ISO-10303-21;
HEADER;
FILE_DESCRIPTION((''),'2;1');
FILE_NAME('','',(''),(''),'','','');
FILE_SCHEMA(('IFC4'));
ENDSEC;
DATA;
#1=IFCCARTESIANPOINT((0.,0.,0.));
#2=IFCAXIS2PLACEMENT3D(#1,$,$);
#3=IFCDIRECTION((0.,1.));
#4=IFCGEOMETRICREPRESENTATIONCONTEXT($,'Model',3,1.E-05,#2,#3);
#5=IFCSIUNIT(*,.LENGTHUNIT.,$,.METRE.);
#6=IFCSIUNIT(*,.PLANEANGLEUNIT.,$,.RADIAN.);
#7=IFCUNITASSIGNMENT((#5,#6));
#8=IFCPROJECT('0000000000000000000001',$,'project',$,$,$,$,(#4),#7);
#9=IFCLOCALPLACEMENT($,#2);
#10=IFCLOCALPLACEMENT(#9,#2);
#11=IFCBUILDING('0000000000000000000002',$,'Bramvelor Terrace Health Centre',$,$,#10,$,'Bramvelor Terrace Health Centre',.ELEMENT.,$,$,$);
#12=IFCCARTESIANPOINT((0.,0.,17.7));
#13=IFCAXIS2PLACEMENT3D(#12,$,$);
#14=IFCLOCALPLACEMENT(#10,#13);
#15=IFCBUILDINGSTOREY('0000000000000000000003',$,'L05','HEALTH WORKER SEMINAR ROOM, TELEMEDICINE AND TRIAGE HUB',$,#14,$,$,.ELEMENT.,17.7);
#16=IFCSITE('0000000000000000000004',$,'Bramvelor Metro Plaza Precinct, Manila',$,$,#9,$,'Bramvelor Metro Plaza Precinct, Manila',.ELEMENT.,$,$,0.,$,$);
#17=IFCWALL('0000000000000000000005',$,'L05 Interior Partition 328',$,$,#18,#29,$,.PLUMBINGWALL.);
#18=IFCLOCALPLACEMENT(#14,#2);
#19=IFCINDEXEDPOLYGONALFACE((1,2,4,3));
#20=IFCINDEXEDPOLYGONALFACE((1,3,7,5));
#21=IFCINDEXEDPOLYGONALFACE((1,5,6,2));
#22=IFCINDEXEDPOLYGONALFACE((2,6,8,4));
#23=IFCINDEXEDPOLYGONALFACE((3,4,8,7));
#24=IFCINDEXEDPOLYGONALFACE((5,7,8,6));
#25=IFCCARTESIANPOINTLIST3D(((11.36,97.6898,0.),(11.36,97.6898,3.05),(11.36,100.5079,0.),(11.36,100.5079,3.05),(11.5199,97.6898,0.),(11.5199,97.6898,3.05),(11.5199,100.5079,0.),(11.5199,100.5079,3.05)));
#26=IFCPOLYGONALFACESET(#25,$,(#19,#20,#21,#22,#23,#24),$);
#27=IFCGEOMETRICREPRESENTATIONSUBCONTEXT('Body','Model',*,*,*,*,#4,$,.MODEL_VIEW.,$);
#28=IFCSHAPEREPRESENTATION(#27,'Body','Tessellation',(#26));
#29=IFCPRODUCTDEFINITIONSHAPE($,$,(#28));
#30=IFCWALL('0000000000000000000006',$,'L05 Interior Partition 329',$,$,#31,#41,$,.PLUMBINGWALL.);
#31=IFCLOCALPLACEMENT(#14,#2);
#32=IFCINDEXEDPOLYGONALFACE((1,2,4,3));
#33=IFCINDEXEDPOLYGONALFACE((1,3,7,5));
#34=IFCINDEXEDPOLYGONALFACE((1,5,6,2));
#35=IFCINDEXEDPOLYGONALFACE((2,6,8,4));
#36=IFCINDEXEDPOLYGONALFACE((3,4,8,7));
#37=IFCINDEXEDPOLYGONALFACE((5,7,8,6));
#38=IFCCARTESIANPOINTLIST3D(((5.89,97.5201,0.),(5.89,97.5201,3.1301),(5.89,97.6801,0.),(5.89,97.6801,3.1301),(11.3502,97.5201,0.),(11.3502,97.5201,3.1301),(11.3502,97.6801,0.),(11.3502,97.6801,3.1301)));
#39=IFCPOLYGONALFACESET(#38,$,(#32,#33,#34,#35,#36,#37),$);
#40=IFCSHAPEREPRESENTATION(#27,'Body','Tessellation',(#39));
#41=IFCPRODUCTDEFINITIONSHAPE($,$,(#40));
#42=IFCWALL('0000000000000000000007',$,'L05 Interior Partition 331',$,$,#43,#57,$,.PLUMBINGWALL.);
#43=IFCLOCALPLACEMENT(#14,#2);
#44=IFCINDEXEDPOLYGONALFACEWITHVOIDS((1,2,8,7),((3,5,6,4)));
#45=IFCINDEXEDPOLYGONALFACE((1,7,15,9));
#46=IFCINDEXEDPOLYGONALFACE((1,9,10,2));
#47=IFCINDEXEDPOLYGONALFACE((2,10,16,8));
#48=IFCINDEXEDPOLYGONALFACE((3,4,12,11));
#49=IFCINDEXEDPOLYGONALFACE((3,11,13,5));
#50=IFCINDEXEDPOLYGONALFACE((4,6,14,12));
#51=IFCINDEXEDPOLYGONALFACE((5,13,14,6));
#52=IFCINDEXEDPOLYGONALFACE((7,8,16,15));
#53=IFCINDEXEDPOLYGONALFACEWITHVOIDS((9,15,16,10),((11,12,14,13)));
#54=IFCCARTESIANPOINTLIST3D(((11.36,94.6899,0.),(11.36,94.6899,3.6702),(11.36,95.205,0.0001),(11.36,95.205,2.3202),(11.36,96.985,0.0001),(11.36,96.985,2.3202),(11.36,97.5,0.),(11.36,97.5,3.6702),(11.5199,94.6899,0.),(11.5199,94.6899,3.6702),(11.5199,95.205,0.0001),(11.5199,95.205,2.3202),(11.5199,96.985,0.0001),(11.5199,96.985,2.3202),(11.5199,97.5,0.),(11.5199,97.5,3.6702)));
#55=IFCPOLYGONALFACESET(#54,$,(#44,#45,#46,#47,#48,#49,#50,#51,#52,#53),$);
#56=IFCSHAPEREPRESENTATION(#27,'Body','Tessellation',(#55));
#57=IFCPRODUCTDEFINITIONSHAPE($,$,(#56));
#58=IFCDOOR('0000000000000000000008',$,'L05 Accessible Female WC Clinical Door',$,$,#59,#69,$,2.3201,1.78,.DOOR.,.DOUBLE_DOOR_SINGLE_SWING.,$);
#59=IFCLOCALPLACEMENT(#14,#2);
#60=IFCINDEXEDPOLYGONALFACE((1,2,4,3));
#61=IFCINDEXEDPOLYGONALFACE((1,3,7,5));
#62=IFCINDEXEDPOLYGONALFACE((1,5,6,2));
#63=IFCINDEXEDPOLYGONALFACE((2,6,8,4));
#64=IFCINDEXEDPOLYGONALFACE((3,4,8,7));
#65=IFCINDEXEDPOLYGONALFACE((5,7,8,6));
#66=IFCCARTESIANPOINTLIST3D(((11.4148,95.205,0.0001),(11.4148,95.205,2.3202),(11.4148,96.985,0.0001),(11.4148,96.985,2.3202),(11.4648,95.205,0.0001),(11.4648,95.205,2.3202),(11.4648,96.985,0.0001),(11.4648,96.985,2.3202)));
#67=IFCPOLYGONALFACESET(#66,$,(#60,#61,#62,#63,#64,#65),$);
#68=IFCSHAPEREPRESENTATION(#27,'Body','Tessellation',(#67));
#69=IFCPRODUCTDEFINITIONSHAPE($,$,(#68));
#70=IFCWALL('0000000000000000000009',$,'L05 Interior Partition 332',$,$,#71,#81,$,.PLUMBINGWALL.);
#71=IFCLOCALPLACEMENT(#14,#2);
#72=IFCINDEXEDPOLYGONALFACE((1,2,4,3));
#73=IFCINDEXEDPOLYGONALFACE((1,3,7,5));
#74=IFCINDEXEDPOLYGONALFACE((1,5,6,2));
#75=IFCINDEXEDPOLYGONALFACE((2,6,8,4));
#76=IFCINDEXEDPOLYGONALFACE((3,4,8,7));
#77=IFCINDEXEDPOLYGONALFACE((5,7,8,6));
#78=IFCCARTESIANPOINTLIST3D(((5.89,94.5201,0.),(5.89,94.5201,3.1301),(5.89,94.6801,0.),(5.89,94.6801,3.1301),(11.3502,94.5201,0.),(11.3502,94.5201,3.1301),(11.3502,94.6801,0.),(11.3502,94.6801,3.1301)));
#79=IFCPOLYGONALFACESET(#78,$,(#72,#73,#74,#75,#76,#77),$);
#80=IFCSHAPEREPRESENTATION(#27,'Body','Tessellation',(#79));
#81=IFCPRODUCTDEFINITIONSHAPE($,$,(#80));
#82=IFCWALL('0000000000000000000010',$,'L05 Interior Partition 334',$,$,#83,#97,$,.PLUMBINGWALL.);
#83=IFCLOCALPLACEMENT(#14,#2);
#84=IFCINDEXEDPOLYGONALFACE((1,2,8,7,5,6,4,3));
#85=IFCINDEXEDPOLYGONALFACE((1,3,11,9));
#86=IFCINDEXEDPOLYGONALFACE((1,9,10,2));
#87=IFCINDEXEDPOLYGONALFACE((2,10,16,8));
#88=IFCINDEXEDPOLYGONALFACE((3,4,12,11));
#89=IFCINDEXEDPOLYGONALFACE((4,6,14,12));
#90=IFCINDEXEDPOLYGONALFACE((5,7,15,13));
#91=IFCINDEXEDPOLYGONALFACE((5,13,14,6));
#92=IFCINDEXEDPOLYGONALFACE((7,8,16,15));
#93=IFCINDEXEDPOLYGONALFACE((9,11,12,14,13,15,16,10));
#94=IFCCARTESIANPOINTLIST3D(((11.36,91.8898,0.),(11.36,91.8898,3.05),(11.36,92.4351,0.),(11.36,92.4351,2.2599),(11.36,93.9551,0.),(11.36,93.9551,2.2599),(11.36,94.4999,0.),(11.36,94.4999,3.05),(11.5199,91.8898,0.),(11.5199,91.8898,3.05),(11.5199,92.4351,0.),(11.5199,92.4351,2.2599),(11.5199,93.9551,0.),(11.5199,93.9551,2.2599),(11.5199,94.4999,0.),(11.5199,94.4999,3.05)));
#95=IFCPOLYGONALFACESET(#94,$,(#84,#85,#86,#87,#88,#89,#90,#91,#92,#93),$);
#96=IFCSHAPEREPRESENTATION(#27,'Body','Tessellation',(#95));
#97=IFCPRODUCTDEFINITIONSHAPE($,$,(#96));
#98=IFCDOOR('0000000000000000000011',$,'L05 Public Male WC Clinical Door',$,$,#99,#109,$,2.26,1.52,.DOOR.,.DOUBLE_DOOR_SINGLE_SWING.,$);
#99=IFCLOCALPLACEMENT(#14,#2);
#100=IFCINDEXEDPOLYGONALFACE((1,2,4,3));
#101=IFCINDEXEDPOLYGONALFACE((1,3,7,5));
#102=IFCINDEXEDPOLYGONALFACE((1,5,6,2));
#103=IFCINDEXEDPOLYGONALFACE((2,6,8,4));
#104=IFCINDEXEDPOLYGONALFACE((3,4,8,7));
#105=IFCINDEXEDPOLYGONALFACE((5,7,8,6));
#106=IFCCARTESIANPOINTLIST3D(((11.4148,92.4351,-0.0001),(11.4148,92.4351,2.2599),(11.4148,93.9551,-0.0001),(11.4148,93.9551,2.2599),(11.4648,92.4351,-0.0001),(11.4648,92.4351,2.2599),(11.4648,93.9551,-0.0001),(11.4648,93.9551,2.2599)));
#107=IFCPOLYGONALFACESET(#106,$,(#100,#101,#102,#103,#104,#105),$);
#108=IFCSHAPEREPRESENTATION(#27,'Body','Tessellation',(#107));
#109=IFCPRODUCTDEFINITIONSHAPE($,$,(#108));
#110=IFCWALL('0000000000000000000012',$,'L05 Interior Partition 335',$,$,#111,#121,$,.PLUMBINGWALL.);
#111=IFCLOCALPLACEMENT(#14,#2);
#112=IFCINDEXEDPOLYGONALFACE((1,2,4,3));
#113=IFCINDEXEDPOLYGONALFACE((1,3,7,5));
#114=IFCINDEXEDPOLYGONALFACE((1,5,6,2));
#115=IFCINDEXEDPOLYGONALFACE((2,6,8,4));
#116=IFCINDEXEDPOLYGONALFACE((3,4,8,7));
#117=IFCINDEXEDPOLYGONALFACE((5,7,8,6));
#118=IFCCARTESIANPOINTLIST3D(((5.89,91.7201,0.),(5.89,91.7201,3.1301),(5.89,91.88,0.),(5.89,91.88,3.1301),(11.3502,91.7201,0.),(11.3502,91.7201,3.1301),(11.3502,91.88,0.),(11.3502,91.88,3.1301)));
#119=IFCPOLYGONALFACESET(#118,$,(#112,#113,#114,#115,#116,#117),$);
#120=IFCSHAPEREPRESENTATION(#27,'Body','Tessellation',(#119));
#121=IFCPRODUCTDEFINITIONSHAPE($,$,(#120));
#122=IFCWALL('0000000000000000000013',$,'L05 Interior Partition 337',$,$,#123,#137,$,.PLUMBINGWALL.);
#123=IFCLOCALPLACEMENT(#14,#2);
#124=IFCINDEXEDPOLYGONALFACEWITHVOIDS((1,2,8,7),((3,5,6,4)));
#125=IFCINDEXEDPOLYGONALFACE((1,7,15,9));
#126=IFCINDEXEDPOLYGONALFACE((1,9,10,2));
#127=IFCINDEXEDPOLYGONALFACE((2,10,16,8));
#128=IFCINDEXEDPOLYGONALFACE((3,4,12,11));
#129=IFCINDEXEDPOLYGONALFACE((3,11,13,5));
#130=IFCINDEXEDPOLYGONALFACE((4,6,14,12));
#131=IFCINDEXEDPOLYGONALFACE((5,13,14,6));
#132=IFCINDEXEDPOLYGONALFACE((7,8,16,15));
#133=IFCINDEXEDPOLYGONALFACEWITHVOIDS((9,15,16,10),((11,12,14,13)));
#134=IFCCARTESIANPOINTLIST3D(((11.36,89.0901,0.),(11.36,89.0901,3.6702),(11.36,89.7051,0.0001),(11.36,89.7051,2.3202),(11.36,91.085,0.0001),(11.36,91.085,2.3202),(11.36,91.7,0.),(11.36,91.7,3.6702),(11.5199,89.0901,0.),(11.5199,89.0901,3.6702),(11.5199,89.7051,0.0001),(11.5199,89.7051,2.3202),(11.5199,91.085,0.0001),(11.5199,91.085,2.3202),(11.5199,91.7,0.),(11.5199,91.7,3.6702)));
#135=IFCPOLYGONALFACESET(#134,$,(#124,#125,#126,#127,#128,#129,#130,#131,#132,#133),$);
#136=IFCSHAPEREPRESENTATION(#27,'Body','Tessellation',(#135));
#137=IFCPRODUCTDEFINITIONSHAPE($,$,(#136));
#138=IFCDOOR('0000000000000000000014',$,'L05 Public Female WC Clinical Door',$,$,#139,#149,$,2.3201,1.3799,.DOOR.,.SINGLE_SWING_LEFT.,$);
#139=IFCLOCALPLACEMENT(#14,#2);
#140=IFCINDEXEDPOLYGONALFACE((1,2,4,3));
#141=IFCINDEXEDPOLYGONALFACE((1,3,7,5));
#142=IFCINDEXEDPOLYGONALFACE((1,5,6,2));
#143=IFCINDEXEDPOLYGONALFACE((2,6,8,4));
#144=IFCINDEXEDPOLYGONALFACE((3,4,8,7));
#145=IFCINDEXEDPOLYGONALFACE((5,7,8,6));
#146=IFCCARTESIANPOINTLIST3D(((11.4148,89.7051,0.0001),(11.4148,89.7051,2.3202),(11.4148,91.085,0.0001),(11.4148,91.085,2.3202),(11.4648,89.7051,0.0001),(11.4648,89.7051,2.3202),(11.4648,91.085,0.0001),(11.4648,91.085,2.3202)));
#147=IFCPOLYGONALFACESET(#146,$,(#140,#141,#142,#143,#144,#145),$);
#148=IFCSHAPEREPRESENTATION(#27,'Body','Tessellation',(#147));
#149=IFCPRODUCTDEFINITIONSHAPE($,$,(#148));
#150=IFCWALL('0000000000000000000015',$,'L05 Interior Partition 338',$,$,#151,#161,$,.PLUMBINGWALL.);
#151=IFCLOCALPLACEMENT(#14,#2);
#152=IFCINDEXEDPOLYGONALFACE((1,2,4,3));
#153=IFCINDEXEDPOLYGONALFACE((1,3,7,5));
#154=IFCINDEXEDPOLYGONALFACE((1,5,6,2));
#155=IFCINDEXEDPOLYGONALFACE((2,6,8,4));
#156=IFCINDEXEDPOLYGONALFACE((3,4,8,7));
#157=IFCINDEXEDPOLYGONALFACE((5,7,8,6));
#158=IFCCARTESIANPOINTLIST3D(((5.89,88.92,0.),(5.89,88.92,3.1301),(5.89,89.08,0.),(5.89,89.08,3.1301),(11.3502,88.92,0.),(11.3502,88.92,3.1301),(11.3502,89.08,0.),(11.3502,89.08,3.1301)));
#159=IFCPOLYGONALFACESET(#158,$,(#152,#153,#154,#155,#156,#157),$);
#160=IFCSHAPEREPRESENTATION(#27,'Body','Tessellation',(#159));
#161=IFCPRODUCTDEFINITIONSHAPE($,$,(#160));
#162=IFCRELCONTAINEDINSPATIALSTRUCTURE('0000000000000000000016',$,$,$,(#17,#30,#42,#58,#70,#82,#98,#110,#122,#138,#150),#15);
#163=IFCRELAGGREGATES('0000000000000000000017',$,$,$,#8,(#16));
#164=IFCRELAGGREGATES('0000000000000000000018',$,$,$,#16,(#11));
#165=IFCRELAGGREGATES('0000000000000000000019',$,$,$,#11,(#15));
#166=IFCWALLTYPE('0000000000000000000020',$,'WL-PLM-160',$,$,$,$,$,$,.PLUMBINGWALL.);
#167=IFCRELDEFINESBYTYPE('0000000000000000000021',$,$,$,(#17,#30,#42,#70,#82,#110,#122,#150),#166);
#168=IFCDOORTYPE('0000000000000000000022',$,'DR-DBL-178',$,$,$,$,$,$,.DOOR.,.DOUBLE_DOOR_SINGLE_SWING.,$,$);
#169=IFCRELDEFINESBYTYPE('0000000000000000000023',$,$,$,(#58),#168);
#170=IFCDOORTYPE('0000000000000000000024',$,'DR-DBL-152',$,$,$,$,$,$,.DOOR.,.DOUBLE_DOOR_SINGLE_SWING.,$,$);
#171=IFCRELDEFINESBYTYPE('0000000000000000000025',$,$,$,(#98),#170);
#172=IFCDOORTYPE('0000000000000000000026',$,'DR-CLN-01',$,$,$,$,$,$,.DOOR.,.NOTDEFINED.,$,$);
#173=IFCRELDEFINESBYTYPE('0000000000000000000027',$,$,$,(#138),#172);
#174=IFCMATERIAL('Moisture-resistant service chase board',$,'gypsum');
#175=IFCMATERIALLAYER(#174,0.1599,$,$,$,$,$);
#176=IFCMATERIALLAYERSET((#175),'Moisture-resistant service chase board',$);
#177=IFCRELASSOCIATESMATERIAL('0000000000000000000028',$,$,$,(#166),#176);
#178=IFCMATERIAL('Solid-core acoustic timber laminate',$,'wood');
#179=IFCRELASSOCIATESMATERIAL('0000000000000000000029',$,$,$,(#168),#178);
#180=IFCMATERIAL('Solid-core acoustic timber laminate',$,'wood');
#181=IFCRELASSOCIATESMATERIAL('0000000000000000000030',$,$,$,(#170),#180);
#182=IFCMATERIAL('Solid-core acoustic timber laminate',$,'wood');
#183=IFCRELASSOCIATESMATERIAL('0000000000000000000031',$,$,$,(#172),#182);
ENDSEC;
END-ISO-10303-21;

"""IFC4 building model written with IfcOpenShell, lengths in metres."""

from ifc_helpers import new_model, si_unit, direction, frame, frame_2d, origin, place, context, subcontext, project, spatial, rectangle, extrude, material, layer, layer_set, type_object, element, fill, save


model = new_model("IFC4")

# Units and contexts
model_context = context("Model", 3, precision=1e-05, world=origin(), true_north=direction((0.0, 1.0)))
body_context = subcontext(model_context, "Body", "Model", "MODEL_VIEW")
ifc_project = project(units=[si_unit("LENGTHUNIT", "METRE"), si_unit("PLANEANGLEUNIT", "RADIAN")], contexts=[model_context])

# Site, building, storey
site_placement = place(None, origin())
site = spatial("IfcSite", under=ifc_project, at=site_placement, Name="Bramvelor Metro Plaza Precinct, Manila", LongName="Bramvelor Metro Plaza Precinct, Manila", CompositionType="ELEMENT", RefElevation=0.0)
building_placement = place(site_placement, origin())
building = spatial("IfcBuilding", under=site, at=building_placement, Name="Bramvelor Terrace Health Centre", LongName="Bramvelor Terrace Health Centre", CompositionType="ELEMENT")
storey_placement = place(building_placement, frame((0.0, 0.0, 17.7)))
storey = spatial("IfcBuildingStorey", under=building, at=storey_placement, Name="L05", Description="HEALTH WORKER SEMINAR ROOM, TELEMEDICINE AND TRIAGE HUB", CompositionType="ELEMENT", Elevation=17.7)

# Shared definitions
ifc_material_1 = material(Name="Moisture-resistant service chase board", Category="gypsum")
ifc_layer_1 = layer(ifc_material_1, 0.1599)
ifc_layer_set_1 = layer_set([ifc_layer_1], Name="Moisture-resistant service chase board")
wall_type_1 = type_object("IfcWallType", Name="WL-PLM-160", PredefinedType="PLUMBINGWALL", material=ifc_layer_set_1)

# Walls
wall_1_placement = place(storey_placement, frame((11.4399, 100.5081, 0.0), z_axis=(0.0, 0.0, 1.0), x_axis=(0.0, -1.0, 0.0)))
element("IfcWall", 1, at=wall_1_placement, inside=storey, type_object=wall_type_1, Name="L05 Interior Partition 328", PredefinedType="PLUMBINGWALL", context=body_context, shape_type="SweptSolid", body=[
    extrude(rectangle(XDim=2.8181, YDim=0.1599, at=frame_2d((1.4092, 0.0))), origin(), (0.0, 0.0, 1.0), 3.05),
])
wall_2_placement = place(storey_placement, frame((11.3501, 97.6001, 0.0), z_axis=(0.0, 0.0, 1.0), x_axis=(-1.0, 0.0, 0.0)))
element("IfcWall", 2, at=wall_2_placement, inside=storey, type_object=wall_type_1, Name="L05 Interior Partition 329", PredefinedType="PLUMBINGWALL", context=body_context, shape_type="SweptSolid", body=[
    extrude(rectangle(XDim=5.4602, YDim=0.1599, at=frame_2d((2.73, 0.0))), origin(), (0.0, 0.0, 1.0), 3.1301),
])

# Wall, opening, door
wall_3_placement = place(storey_placement, frame((11.4399, 97.5, 0.0), z_axis=(0.0, 0.0, 1.0), x_axis=(0.0, -1.0, 0.0)))
wall_3 = element("IfcWall", 3, at=wall_3_placement, inside=storey, type_object=wall_type_1, Name="L05 Interior Partition 331", PredefinedType="PLUMBINGWALL", context=body_context, shape_type="SweptSolid", body=[
    extrude(rectangle(XDim=2.8101, YDim=0.1599, at=frame_2d((1.405, 0.0))), origin(), (0.0, 0.0, 1.0), 3.6702),
])
opening_1_placement = place(wall_3_placement, frame((0.5149, 0.0, 0.0)))
opening_1 = element("IfcOpeningElement", 4, at=opening_1_placement, cuts=wall_3, PredefinedType="OPENING", context=body_context, shape_type="SweptSolid", body=[
    extrude(rectangle(XDim=1.78, YDim=2.3201, at=frame_2d((0.8901, 1.1602))), frame((0.0, 0.0898, 0.0), z_axis=(0.0, -1.0, 0.0), x_axis=(1.0, 0.0, 0.0)), (0.0, 0.0, 1.0), 0.1799),
])
ifc_material_2 = material(Name="Solid-core acoustic timber laminate", Category="wood")
door_type_1 = type_object("IfcDoorType", Name="DR-DBL-178", OperationType="DOUBLE_DOOR_SINGLE_SWING", PredefinedType="DOOR", material=ifc_material_2)
door_1_placement = place(opening_1_placement, origin())
door_1 = element("IfcDoor", 5, at=door_1_placement, inside=storey, type_object=door_type_1, Name="L05 Accessible Female WC Clinical Door", OperationType="DOUBLE_DOOR_SINGLE_SWING", OverallHeight=2.3201, OverallWidth=1.78, PredefinedType="DOOR", context=body_context, shape_type="SweptSolid", body=[
    extrude(rectangle(XDim=1.78, YDim=2.3201, at=frame_2d((0.8901, 1.1602))), frame((0.0, 0.0249, 0.0), z_axis=(0.0, -1.0, 0.0), x_axis=(1.0, 0.0, 0.0)), (0.0, 0.0, 1.0), 0.05),
])
fill(opening_1, door_1)

# Wall
wall_4_placement = place(storey_placement, frame((11.3501, 94.6001, 0.0), z_axis=(0.0, 0.0, 1.0), x_axis=(-1.0, 0.0, 0.0)))
element("IfcWall", 6, at=wall_4_placement, inside=storey, type_object=wall_type_1, Name="L05 Interior Partition 332", PredefinedType="PLUMBINGWALL", context=body_context, shape_type="SweptSolid", body=[
    extrude(rectangle(XDim=5.4602, YDim=0.1599, at=frame_2d((2.73, 0.0))), origin(), (0.0, 0.0, 1.0), 3.1301),
])

# Wall, opening, door
wall_5_placement = place(storey_placement, frame((11.4399, 94.5, 0.0), z_axis=(0.0, 0.0, 1.0), x_axis=(0.0, -1.0, 0.0)))
wall_5 = element("IfcWall", 7, at=wall_5_placement, inside=storey, type_object=wall_type_1, Name="L05 Interior Partition 334", PredefinedType="PLUMBINGWALL", context=body_context, shape_type="SweptSolid", body=[
    extrude(rectangle(XDim=2.6101, YDim=0.1599, at=frame_2d((1.3052, 0.0))), origin(), (0.0, 0.0, 1.0), 3.05),
])
opening_2_placement = place(wall_5_placement, frame((0.5449, 0.0, 0.0)))
opening_2 = element("IfcOpeningElement", 8, at=opening_2_placement, cuts=wall_5, PredefinedType="OPENING", context=body_context, shape_type="SweptSolid", body=[
    extrude(rectangle(XDim=1.52, YDim=2.26, at=frame_2d((0.76, 1.1299))), frame((0.0, 0.0898, 0.0), z_axis=(0.0, -1.0, 0.0), x_axis=(1.0, 0.0, 0.0)), (0.0, 0.0, 1.0), 0.1799),
])
ifc_material_3 = material(Name="Solid-core acoustic timber laminate", Category="wood")
door_type_2 = type_object("IfcDoorType", Name="DR-DBL-152", OperationType="DOUBLE_DOOR_SINGLE_SWING", PredefinedType="DOOR", material=ifc_material_3)
door_2_placement = place(opening_2_placement, origin())
door_2 = element("IfcDoor", 9, at=door_2_placement, inside=storey, type_object=door_type_2, Name="L05 Public Male WC Clinical Door", OperationType="DOUBLE_DOOR_SINGLE_SWING", OverallHeight=2.26, OverallWidth=1.52, PredefinedType="DOOR", context=body_context, shape_type="SweptSolid", body=[
    extrude(rectangle(XDim=1.52, YDim=2.26, at=frame_2d((0.76, 1.1299))), frame((0.0, 0.0249, 0.0), z_axis=(0.0, -1.0, 0.0), x_axis=(1.0, 0.0, 0.0)), (0.0, 0.0, 1.0), 0.05),
])
fill(opening_2, door_2)

# Wall
wall_6_placement = place(storey_placement, frame((11.3501, 91.8, 0.0), z_axis=(0.0, 0.0, 1.0), x_axis=(-1.0, 0.0, 0.0)))
element("IfcWall", 10, at=wall_6_placement, inside=storey, type_object=wall_type_1, Name="L05 Interior Partition 335", PredefinedType="PLUMBINGWALL", context=body_context, shape_type="SweptSolid", body=[
    extrude(rectangle(XDim=5.4602, YDim=0.1599, at=frame_2d((2.73, 0.0))), origin(), (0.0, 0.0, 1.0), 3.1301),
])

# Wall, opening, door
wall_7_placement = place(storey_placement, frame((11.4399, 91.7, 0.0), z_axis=(0.0, 0.0, 1.0), x_axis=(0.0, -1.0, 0.0)))
wall_7 = element("IfcWall", 11, at=wall_7_placement, inside=storey, type_object=wall_type_1, Name="L05 Interior Partition 337", PredefinedType="PLUMBINGWALL", context=body_context, shape_type="SweptSolid", body=[
    extrude(rectangle(XDim=2.6099, YDim=0.1599, at=frame_2d((1.3049, 0.0))), origin(), (0.0, 0.0, 1.0), 3.6702),
])
opening_3_placement = place(wall_7_placement, frame((0.615, 0.0, 0.0)))
opening_3 = element("IfcOpeningElement", 12, at=opening_3_placement, cuts=wall_7, PredefinedType="OPENING", context=body_context, shape_type="SweptSolid", body=[
    extrude(rectangle(XDim=1.3799, YDim=2.3201, at=frame_2d((0.6899, 1.1602))), frame((0.0, 0.0898, 0.0), z_axis=(0.0, -1.0, 0.0), x_axis=(1.0, 0.0, 0.0)), (0.0, 0.0, 1.0), 0.1799),
])
ifc_material_4 = material(Name="Solid-core acoustic timber laminate", Category="wood")
door_type_3 = type_object("IfcDoorType", Name="DR-CLN-01", OperationType="NOTDEFINED", PredefinedType="DOOR", material=ifc_material_4)
door_3_placement = place(opening_3_placement, origin())
door_3 = element("IfcDoor", 13, at=door_3_placement, inside=storey, type_object=door_type_3, Name="L05 Public Female WC Clinical Door", OperationType="SINGLE_SWING_LEFT", OverallHeight=2.3201, OverallWidth=1.3799, PredefinedType="DOOR", context=body_context, shape_type="SweptSolid", body=[
    extrude(rectangle(XDim=1.3799, YDim=2.3201, at=frame_2d((0.6899, 1.1602))), frame((0.0, 0.0249, 0.0), z_axis=(0.0, -1.0, 0.0), x_axis=(1.0, 0.0, 0.0)), (0.0, 0.0, 1.0), 0.05),
])
fill(opening_3, door_3)

# Wall
wall_8_placement = place(storey_placement, frame((11.3501, 89.0, 0.0), z_axis=(0.0, 0.0, 1.0), x_axis=(-1.0, 0.0, 0.0)))
element("IfcWall", 14, at=wall_8_placement, inside=storey, type_object=wall_type_1, Name="L05 Interior Partition 338", PredefinedType="PLUMBINGWALL", context=body_context, shape_type="SweptSolid", body=[
    extrude(rectangle(XDim=5.4602, YDim=0.1599, at=frame_2d((2.73, 0.0))), origin(), (0.0, 0.0, 1.0), 3.1301),
])

save(model, "model.ifc")
